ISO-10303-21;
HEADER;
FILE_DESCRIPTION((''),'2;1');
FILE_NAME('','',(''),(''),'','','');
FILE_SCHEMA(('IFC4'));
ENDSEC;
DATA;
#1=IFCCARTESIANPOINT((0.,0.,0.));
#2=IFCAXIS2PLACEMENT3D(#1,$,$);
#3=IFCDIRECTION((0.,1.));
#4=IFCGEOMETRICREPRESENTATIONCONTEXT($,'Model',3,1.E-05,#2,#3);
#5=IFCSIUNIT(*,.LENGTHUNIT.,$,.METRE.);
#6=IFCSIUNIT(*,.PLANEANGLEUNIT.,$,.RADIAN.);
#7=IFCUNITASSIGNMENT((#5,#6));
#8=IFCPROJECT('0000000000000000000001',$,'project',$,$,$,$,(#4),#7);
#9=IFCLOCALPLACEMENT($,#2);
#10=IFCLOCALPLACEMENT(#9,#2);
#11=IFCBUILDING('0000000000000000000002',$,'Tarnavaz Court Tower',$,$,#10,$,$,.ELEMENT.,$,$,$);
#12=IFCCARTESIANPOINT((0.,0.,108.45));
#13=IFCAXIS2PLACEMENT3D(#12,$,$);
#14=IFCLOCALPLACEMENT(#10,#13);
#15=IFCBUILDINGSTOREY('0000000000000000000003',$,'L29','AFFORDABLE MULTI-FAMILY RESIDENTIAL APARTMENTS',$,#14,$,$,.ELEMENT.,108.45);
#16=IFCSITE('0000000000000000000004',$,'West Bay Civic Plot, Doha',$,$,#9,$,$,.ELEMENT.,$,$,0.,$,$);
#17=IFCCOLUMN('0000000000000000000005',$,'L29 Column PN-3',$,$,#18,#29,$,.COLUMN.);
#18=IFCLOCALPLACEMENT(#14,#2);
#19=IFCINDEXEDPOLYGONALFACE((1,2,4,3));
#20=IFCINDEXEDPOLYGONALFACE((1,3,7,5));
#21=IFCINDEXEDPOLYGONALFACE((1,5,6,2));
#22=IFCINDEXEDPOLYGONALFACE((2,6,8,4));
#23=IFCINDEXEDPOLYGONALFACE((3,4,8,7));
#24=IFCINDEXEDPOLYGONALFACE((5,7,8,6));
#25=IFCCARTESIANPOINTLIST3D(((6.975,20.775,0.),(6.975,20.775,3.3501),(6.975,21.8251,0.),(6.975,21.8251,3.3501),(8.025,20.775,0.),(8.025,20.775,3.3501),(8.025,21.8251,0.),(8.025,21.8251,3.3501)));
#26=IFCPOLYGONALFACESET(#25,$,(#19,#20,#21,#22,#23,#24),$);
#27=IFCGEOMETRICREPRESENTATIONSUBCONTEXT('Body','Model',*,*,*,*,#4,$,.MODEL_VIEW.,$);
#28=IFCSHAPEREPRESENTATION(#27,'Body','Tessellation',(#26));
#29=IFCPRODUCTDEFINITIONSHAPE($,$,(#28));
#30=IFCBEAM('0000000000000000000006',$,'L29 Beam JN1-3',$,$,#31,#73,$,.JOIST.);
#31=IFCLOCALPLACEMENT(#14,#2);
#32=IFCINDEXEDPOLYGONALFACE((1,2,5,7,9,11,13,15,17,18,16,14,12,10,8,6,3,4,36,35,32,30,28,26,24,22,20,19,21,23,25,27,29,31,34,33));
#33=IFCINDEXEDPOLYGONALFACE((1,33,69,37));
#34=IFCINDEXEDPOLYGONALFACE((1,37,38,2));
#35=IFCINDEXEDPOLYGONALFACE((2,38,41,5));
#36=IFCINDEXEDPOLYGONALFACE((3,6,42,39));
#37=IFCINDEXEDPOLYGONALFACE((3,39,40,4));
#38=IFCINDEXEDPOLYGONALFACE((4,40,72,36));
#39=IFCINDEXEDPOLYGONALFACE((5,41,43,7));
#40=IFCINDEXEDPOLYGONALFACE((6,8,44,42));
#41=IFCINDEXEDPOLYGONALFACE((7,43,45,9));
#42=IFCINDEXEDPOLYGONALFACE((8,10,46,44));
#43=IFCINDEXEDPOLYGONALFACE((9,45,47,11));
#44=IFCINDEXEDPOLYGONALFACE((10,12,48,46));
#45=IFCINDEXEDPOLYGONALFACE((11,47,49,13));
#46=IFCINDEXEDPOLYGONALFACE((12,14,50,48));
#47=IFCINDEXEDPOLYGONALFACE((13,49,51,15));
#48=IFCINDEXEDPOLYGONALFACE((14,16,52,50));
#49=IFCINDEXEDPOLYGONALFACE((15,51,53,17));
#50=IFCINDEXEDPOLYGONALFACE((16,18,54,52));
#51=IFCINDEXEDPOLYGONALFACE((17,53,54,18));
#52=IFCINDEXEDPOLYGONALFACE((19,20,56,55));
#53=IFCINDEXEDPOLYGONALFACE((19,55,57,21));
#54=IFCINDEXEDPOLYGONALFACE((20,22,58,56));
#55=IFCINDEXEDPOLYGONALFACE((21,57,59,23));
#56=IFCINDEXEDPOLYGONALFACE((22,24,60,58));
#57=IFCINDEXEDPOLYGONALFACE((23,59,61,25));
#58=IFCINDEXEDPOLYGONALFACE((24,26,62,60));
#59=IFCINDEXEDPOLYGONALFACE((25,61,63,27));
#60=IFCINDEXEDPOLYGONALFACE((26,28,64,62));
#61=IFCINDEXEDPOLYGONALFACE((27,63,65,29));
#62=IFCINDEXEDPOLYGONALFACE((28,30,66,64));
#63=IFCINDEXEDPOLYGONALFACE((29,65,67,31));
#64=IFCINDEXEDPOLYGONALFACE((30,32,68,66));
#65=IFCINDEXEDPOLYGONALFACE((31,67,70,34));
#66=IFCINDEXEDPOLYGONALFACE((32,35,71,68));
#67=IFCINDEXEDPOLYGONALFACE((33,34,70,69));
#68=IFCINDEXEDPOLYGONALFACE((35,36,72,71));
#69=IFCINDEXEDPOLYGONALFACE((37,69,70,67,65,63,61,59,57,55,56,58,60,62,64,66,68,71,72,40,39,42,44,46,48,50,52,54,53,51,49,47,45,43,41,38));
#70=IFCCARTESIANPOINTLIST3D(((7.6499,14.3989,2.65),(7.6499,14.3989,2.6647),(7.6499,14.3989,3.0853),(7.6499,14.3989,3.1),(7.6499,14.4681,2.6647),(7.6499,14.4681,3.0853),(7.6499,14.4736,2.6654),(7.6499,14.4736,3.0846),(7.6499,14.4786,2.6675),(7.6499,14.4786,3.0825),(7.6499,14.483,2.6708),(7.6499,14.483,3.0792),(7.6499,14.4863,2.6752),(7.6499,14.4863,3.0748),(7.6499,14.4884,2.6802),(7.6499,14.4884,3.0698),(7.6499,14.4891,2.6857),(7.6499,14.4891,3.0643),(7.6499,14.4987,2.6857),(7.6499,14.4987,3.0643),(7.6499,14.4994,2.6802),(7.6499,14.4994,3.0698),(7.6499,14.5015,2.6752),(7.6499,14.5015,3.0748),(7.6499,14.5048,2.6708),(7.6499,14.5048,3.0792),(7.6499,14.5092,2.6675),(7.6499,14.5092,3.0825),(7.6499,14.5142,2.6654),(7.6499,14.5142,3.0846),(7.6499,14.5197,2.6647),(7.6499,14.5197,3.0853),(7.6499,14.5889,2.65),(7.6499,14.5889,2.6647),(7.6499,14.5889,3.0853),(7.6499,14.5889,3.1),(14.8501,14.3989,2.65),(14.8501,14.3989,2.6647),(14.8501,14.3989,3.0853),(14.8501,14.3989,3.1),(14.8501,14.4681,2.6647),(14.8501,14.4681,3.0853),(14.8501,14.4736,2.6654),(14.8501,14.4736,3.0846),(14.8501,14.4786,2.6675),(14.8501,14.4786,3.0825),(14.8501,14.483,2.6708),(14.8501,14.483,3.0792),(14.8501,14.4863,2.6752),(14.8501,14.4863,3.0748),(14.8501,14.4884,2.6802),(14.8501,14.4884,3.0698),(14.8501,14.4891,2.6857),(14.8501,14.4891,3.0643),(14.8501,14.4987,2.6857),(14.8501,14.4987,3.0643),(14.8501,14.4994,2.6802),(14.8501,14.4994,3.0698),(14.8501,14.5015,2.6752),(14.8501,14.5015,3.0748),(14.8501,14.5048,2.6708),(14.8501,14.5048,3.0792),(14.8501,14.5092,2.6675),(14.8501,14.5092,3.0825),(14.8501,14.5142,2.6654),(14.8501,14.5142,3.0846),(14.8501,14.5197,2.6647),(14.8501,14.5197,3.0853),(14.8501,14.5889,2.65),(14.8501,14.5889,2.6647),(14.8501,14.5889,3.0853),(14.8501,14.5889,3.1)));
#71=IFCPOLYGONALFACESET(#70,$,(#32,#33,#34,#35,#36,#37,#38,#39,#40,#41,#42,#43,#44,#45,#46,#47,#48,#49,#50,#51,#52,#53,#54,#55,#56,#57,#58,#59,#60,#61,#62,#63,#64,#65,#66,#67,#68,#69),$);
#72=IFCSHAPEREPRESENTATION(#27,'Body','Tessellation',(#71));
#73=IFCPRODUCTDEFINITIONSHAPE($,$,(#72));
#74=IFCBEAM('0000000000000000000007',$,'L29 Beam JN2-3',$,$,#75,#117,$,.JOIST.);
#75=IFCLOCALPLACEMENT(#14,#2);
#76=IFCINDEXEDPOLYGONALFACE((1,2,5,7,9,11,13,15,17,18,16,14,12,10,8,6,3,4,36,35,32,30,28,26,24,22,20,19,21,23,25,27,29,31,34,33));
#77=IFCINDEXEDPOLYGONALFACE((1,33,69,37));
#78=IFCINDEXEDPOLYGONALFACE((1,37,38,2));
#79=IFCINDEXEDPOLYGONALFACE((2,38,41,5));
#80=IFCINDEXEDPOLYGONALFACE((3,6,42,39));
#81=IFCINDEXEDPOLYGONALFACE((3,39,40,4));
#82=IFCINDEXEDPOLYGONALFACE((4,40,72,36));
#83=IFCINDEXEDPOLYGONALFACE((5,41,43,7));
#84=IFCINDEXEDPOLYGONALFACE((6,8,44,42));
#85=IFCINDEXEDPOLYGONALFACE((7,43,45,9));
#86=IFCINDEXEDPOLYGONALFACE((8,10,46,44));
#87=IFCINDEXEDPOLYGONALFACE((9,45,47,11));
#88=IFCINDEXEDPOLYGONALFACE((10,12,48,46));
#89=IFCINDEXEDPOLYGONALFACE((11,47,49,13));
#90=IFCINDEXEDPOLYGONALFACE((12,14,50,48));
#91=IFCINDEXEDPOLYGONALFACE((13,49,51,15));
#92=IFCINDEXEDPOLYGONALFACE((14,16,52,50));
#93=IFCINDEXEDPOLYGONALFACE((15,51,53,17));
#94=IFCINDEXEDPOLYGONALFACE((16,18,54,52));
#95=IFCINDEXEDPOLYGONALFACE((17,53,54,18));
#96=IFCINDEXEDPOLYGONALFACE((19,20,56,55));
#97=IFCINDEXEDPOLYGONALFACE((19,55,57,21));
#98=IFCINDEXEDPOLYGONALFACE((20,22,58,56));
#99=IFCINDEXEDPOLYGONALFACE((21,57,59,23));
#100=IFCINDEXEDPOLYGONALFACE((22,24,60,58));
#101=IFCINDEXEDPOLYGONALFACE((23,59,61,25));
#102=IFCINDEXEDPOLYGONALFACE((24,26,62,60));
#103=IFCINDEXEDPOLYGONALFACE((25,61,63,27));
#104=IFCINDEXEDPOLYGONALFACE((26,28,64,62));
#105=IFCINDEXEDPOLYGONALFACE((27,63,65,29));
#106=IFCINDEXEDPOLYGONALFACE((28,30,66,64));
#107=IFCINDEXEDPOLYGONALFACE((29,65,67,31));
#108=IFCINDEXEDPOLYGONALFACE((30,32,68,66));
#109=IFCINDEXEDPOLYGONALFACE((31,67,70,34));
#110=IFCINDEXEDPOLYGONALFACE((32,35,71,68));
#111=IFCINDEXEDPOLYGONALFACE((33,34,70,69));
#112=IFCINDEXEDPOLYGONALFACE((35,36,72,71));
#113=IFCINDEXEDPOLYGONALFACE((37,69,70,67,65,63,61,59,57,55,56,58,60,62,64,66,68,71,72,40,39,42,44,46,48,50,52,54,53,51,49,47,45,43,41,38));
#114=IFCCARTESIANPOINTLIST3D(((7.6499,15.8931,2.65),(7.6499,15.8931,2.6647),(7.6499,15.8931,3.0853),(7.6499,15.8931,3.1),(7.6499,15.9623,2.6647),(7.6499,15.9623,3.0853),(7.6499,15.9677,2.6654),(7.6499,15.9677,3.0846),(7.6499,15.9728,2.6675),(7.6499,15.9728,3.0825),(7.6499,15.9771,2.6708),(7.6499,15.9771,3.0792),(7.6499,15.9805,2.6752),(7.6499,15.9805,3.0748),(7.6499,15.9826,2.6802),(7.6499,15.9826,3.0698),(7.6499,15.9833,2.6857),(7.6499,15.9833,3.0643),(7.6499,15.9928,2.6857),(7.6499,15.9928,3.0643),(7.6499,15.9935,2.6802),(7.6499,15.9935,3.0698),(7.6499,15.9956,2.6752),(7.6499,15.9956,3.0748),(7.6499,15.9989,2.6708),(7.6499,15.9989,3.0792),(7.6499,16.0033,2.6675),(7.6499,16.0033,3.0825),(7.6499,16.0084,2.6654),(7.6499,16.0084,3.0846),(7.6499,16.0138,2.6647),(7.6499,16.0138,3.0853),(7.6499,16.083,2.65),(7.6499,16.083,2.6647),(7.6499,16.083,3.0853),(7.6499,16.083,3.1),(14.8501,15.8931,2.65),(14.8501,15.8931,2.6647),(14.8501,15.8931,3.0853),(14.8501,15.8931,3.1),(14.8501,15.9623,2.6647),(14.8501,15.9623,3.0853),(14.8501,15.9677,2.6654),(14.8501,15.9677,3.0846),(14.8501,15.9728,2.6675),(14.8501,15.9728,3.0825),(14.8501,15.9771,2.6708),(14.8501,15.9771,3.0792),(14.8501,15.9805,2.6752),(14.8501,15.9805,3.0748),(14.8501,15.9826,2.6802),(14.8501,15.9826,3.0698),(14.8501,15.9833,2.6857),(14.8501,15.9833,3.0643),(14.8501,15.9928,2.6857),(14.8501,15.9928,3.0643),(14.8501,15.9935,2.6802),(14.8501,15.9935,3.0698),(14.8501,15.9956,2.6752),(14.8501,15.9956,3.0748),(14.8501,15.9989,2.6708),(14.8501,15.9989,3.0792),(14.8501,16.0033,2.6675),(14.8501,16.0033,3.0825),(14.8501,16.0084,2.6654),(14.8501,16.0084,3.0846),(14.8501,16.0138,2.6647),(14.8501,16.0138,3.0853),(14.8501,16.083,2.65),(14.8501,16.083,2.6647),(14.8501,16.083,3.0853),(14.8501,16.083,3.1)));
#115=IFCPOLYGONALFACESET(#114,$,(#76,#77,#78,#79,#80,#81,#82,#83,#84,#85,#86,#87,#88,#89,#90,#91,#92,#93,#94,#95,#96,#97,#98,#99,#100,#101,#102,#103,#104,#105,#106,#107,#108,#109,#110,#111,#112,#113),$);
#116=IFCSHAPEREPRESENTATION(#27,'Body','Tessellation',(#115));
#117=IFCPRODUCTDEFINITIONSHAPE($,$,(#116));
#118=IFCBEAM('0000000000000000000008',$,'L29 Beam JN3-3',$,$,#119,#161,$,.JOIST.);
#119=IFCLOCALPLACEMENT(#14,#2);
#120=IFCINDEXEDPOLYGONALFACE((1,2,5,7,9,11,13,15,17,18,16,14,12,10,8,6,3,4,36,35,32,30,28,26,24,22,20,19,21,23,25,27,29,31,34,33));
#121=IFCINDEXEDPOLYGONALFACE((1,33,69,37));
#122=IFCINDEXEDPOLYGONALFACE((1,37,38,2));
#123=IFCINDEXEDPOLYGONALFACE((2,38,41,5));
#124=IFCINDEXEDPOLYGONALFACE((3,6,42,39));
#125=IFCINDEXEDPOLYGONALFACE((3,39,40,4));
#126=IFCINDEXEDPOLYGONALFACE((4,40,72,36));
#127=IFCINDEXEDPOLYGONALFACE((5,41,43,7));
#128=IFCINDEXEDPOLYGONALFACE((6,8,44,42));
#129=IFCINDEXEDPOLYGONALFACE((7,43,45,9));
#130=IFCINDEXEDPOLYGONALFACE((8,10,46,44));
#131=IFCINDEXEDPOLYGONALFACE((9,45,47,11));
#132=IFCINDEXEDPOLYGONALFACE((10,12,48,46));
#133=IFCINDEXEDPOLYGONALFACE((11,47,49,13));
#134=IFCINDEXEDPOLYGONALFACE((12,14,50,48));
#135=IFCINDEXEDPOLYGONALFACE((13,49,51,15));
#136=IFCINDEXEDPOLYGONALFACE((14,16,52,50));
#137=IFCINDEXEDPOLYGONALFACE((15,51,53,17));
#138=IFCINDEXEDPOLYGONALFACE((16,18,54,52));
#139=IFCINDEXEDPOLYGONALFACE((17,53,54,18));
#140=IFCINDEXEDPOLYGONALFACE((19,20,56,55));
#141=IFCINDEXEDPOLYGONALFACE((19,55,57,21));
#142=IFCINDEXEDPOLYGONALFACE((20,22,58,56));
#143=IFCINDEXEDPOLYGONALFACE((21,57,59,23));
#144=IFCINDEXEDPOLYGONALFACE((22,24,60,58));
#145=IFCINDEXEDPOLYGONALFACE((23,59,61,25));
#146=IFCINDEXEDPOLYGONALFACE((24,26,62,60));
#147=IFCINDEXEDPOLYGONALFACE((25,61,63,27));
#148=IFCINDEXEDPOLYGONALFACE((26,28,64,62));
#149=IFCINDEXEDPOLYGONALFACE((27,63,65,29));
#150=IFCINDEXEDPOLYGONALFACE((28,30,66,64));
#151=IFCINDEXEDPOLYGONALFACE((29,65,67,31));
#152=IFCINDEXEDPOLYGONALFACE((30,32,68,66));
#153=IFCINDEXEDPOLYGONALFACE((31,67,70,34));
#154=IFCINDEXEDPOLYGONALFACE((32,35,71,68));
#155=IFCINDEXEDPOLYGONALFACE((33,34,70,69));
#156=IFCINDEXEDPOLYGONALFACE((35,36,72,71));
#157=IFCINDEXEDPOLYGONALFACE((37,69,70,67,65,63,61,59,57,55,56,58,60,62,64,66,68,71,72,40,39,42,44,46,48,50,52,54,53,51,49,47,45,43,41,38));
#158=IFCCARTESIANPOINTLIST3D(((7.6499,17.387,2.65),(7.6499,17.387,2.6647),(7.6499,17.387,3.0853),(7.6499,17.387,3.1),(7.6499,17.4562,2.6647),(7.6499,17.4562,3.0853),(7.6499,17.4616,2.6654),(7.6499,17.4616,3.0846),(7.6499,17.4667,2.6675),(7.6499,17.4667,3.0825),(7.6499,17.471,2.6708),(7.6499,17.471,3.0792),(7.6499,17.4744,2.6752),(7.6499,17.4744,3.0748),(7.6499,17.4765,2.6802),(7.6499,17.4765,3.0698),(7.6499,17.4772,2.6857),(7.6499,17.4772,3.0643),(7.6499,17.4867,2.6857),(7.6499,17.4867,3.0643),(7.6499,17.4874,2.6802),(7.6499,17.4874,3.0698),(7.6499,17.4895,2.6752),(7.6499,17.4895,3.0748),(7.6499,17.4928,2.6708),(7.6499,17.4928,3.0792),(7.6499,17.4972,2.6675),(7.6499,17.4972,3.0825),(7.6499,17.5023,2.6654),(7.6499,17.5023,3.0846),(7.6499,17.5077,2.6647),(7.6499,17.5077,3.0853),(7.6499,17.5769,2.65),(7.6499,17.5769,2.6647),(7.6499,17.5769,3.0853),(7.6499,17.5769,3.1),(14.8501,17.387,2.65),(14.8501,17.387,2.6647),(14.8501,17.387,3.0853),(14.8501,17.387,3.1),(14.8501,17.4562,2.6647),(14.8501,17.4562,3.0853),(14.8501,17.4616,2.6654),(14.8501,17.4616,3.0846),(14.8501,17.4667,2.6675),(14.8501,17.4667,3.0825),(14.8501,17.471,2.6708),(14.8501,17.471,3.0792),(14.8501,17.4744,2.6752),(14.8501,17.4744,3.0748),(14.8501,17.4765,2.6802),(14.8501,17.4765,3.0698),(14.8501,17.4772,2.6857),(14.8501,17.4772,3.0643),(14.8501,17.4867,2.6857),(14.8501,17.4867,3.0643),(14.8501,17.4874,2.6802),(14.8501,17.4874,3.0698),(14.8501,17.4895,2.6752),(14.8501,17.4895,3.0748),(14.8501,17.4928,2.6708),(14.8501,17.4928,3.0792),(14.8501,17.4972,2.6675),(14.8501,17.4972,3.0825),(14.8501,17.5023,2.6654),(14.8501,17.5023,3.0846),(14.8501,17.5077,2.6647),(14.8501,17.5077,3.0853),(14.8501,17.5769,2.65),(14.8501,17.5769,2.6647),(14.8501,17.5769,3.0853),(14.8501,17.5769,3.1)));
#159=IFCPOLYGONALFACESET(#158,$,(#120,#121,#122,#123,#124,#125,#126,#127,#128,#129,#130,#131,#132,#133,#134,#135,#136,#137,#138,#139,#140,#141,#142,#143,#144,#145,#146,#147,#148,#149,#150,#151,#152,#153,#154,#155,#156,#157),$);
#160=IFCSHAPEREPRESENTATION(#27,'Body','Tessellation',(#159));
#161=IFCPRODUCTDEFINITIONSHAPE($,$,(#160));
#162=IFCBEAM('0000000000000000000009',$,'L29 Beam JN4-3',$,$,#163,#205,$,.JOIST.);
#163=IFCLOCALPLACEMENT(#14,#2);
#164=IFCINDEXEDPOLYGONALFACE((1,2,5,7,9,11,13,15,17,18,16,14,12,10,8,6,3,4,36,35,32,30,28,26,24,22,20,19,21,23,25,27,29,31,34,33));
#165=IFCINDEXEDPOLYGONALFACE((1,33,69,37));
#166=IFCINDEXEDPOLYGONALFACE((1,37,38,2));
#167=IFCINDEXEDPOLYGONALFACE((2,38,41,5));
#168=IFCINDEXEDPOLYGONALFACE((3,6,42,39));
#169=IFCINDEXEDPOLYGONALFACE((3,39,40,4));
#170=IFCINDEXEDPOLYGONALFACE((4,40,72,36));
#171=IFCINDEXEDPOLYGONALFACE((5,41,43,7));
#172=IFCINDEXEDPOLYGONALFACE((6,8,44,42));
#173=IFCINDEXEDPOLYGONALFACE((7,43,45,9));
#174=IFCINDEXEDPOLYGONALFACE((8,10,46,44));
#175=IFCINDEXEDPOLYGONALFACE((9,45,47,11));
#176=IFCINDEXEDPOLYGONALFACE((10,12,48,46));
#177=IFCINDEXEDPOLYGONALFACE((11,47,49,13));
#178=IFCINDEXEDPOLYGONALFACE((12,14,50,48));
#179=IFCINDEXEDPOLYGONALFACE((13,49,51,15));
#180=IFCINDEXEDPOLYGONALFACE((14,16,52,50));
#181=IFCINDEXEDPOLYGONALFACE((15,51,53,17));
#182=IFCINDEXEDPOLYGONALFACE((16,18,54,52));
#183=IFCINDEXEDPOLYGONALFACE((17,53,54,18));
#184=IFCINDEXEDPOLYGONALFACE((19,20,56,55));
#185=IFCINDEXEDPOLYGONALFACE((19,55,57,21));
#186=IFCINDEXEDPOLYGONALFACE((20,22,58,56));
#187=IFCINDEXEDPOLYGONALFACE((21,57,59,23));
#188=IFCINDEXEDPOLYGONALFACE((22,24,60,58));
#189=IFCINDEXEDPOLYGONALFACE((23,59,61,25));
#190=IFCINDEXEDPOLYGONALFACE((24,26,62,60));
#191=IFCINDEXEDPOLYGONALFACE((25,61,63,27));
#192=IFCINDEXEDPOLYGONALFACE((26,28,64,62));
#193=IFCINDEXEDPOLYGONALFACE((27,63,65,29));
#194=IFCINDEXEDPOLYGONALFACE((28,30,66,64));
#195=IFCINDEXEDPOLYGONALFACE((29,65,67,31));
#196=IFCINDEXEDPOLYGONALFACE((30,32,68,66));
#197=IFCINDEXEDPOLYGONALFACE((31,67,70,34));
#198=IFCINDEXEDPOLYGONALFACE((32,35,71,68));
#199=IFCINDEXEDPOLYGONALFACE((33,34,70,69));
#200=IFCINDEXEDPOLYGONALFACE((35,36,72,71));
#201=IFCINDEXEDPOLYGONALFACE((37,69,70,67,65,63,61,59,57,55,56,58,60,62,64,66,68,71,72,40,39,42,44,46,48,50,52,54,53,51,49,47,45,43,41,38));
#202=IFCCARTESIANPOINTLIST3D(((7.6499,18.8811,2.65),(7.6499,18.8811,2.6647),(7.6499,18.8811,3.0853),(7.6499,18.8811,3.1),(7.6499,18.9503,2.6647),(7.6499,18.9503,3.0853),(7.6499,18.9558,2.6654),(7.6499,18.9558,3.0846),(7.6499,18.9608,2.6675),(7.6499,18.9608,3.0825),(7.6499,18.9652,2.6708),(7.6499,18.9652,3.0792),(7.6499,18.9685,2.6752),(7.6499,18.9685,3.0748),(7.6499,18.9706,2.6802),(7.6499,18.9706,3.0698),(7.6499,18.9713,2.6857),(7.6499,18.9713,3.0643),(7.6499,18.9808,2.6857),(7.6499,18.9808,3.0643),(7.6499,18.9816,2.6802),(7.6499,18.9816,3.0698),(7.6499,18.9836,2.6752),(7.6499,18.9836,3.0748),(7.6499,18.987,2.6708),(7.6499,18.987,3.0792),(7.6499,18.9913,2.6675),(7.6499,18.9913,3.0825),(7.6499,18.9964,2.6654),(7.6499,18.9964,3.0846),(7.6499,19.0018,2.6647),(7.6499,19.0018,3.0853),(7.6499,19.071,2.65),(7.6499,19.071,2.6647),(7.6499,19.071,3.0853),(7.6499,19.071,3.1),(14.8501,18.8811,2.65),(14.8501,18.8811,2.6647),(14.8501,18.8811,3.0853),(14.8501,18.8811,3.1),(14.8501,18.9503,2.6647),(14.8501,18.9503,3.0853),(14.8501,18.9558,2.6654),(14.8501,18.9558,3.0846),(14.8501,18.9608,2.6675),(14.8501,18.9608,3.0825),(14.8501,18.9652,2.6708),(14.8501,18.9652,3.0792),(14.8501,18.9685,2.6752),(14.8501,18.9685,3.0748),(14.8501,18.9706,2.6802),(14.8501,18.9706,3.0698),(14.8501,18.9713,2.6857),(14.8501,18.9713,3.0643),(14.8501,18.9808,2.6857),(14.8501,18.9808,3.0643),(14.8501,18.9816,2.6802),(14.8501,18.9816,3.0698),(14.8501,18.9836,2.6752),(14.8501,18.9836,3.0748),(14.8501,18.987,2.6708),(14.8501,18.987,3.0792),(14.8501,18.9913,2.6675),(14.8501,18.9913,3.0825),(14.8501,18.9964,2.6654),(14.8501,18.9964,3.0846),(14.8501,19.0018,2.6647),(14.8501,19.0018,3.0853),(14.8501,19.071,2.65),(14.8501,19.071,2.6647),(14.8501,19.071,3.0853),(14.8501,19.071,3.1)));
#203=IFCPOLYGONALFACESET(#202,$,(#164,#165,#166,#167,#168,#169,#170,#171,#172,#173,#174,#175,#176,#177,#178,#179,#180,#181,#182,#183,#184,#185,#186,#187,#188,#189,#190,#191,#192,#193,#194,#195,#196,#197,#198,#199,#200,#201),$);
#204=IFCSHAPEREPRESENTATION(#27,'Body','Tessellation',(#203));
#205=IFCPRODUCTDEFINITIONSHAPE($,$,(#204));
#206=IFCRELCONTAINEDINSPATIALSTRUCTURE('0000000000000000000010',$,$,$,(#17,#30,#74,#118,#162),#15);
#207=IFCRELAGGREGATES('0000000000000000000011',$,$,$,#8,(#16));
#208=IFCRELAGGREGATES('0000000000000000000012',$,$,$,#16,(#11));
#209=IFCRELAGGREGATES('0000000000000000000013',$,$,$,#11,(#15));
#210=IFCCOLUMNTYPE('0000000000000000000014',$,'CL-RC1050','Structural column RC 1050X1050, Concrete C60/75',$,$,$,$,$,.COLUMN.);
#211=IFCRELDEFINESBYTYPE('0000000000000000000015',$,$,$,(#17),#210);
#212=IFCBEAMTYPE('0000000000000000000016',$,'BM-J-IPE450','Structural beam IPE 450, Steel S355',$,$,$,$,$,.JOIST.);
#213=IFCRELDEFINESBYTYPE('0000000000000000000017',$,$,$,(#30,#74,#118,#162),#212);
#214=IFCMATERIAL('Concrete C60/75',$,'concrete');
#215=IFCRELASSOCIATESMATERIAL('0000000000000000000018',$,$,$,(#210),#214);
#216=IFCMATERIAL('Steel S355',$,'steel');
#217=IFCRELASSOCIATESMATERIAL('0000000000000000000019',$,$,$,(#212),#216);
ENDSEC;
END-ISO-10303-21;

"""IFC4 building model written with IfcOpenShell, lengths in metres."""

from ifc_helpers import new_model, si_unit, direction, frame, origin, origin_2d, place, context, subcontext, project, spatial, rectangle, i_section, extrude, material, material_profile, profile_set, type_object, element, save


model = new_model("IFC4")

# Units and contexts
model_context = context("Model", 3, precision=1e-05, world=origin(), true_north=direction((0.0, 1.0)))
body_context = subcontext(model_context, "Body", "Model", "MODEL_VIEW")
ifc_project = project(units=[si_unit("LENGTHUNIT", "METRE"), si_unit("PLANEANGLEUNIT", "RADIAN")], contexts=[model_context])

# Site, building, storey
site_placement = place(None, origin())
site = spatial("IfcSite", under=ifc_project, at=site_placement, Name="West Bay Civic Plot, Doha", CompositionType="ELEMENT", RefElevation=0.0)
building_placement = place(site_placement, origin())
building = spatial("IfcBuilding", under=site, at=building_placement, Name="Tarnavaz Court Tower", CompositionType="ELEMENT")
storey_placement = place(building_placement, frame((0.0, 0.0, 108.45)))
storey = spatial("IfcBuildingStorey", under=building, at=storey_placement, Name="L29", Description="AFFORDABLE MULTI-FAMILY RESIDENTIAL APARTMENTS", CompositionType="ELEMENT", Elevation=108.45)

# Column
ifc_material_1 = material(Name="Concrete C60/75", Category="concrete")
ifc_material_profile_1 = material_profile(ifc_material_1, rectangle(XDim=1.05, YDim=1.05, at=origin_2d()), Name="RC 1050X1050")
ifc_profile_set_1 = profile_set([ifc_material_profile_1], Name="Concrete C60/75")
column_type = type_object("IfcColumnType", Name="CL-RC1050", Description="Structural column RC 1050X1050, Concrete C60/75", PredefinedType="COLUMN", material=ifc_profile_set_1)
column_placement = place(storey_placement, frame((7.5, 21.3, 0.0), z_axis=(0.0, 0.0, 1.0), x_axis=(1.0, 0.0, 0.0)))
element("IfcColumn", 1, at=column_placement, inside=storey, type_object=column_type, Name="L29 Column PN-3", PredefinedType="COLUMN", context=body_context, shape_type="SweptSolid", body=[
    extrude(rectangle(XDim=1.05, YDim=1.05, at=origin_2d()), origin(), (0.0, 0.0, 1.0), 3.3501),
])

# Beams
ifc_material_2 = material(Name="Steel S355", Category="steel")
ifc_material_profile_2 = material_profile(ifc_material_2, i_section(OverallWidth=0.1899, OverallDepth=0.45, WebThickness=0.0095, FlangeThickness=0.0146, FilletRadius=0.021, at=origin_2d()), Name="IPE 450")
ifc_profile_set_2 = profile_set([ifc_material_profile_2], Name="Steel S355")
beam_type_1 = type_object("IfcBeamType", Name="BM-J-IPE450", Description="Structural beam IPE 450, Steel S355", PredefinedType="JOIST", material=ifc_profile_set_2)
for number, where, z_axis, x_axis, name in (
    (2, (7.6499, 14.4939, 2.875), (1.0, 0.0, 0.0), (0.0, 1.0, 0.0), "L29 Beam JN1-3"),
    (3, (7.6499, 15.988, 2.875), (1.0, 0.0, 0.0), (0.0, 1.0, 0.0), "L29 Beam JN2-3"),
    (4, (7.6499, 17.4819, 2.875), (1.0, 0.0, 0.0), (0.0, 1.0, 0.0), "L29 Beam JN3-3"),
    (5, (7.6499, 18.9761, 2.875), (1.0, 0.0, 0.0), (0.0, 1.0, 0.0), "L29 Beam JN4-3"),
):
    element("IfcBeam", number, at=place(storey_placement, frame(where, z_axis=z_axis, x_axis=x_axis)), inside=storey, type_object=beam_type_1, Name=name, PredefinedType="JOIST", context=body_context, shape_type="SweptSolid", body=[
        extrude(i_section(OverallWidth=0.1899, OverallDepth=0.45, WebThickness=0.0095, FlangeThickness=0.0146, FilletRadius=0.021, at=origin_2d()), origin(), (0.0, 0.0, 1.0), 7.2002),
    ])

save(model, "model.ifc")
